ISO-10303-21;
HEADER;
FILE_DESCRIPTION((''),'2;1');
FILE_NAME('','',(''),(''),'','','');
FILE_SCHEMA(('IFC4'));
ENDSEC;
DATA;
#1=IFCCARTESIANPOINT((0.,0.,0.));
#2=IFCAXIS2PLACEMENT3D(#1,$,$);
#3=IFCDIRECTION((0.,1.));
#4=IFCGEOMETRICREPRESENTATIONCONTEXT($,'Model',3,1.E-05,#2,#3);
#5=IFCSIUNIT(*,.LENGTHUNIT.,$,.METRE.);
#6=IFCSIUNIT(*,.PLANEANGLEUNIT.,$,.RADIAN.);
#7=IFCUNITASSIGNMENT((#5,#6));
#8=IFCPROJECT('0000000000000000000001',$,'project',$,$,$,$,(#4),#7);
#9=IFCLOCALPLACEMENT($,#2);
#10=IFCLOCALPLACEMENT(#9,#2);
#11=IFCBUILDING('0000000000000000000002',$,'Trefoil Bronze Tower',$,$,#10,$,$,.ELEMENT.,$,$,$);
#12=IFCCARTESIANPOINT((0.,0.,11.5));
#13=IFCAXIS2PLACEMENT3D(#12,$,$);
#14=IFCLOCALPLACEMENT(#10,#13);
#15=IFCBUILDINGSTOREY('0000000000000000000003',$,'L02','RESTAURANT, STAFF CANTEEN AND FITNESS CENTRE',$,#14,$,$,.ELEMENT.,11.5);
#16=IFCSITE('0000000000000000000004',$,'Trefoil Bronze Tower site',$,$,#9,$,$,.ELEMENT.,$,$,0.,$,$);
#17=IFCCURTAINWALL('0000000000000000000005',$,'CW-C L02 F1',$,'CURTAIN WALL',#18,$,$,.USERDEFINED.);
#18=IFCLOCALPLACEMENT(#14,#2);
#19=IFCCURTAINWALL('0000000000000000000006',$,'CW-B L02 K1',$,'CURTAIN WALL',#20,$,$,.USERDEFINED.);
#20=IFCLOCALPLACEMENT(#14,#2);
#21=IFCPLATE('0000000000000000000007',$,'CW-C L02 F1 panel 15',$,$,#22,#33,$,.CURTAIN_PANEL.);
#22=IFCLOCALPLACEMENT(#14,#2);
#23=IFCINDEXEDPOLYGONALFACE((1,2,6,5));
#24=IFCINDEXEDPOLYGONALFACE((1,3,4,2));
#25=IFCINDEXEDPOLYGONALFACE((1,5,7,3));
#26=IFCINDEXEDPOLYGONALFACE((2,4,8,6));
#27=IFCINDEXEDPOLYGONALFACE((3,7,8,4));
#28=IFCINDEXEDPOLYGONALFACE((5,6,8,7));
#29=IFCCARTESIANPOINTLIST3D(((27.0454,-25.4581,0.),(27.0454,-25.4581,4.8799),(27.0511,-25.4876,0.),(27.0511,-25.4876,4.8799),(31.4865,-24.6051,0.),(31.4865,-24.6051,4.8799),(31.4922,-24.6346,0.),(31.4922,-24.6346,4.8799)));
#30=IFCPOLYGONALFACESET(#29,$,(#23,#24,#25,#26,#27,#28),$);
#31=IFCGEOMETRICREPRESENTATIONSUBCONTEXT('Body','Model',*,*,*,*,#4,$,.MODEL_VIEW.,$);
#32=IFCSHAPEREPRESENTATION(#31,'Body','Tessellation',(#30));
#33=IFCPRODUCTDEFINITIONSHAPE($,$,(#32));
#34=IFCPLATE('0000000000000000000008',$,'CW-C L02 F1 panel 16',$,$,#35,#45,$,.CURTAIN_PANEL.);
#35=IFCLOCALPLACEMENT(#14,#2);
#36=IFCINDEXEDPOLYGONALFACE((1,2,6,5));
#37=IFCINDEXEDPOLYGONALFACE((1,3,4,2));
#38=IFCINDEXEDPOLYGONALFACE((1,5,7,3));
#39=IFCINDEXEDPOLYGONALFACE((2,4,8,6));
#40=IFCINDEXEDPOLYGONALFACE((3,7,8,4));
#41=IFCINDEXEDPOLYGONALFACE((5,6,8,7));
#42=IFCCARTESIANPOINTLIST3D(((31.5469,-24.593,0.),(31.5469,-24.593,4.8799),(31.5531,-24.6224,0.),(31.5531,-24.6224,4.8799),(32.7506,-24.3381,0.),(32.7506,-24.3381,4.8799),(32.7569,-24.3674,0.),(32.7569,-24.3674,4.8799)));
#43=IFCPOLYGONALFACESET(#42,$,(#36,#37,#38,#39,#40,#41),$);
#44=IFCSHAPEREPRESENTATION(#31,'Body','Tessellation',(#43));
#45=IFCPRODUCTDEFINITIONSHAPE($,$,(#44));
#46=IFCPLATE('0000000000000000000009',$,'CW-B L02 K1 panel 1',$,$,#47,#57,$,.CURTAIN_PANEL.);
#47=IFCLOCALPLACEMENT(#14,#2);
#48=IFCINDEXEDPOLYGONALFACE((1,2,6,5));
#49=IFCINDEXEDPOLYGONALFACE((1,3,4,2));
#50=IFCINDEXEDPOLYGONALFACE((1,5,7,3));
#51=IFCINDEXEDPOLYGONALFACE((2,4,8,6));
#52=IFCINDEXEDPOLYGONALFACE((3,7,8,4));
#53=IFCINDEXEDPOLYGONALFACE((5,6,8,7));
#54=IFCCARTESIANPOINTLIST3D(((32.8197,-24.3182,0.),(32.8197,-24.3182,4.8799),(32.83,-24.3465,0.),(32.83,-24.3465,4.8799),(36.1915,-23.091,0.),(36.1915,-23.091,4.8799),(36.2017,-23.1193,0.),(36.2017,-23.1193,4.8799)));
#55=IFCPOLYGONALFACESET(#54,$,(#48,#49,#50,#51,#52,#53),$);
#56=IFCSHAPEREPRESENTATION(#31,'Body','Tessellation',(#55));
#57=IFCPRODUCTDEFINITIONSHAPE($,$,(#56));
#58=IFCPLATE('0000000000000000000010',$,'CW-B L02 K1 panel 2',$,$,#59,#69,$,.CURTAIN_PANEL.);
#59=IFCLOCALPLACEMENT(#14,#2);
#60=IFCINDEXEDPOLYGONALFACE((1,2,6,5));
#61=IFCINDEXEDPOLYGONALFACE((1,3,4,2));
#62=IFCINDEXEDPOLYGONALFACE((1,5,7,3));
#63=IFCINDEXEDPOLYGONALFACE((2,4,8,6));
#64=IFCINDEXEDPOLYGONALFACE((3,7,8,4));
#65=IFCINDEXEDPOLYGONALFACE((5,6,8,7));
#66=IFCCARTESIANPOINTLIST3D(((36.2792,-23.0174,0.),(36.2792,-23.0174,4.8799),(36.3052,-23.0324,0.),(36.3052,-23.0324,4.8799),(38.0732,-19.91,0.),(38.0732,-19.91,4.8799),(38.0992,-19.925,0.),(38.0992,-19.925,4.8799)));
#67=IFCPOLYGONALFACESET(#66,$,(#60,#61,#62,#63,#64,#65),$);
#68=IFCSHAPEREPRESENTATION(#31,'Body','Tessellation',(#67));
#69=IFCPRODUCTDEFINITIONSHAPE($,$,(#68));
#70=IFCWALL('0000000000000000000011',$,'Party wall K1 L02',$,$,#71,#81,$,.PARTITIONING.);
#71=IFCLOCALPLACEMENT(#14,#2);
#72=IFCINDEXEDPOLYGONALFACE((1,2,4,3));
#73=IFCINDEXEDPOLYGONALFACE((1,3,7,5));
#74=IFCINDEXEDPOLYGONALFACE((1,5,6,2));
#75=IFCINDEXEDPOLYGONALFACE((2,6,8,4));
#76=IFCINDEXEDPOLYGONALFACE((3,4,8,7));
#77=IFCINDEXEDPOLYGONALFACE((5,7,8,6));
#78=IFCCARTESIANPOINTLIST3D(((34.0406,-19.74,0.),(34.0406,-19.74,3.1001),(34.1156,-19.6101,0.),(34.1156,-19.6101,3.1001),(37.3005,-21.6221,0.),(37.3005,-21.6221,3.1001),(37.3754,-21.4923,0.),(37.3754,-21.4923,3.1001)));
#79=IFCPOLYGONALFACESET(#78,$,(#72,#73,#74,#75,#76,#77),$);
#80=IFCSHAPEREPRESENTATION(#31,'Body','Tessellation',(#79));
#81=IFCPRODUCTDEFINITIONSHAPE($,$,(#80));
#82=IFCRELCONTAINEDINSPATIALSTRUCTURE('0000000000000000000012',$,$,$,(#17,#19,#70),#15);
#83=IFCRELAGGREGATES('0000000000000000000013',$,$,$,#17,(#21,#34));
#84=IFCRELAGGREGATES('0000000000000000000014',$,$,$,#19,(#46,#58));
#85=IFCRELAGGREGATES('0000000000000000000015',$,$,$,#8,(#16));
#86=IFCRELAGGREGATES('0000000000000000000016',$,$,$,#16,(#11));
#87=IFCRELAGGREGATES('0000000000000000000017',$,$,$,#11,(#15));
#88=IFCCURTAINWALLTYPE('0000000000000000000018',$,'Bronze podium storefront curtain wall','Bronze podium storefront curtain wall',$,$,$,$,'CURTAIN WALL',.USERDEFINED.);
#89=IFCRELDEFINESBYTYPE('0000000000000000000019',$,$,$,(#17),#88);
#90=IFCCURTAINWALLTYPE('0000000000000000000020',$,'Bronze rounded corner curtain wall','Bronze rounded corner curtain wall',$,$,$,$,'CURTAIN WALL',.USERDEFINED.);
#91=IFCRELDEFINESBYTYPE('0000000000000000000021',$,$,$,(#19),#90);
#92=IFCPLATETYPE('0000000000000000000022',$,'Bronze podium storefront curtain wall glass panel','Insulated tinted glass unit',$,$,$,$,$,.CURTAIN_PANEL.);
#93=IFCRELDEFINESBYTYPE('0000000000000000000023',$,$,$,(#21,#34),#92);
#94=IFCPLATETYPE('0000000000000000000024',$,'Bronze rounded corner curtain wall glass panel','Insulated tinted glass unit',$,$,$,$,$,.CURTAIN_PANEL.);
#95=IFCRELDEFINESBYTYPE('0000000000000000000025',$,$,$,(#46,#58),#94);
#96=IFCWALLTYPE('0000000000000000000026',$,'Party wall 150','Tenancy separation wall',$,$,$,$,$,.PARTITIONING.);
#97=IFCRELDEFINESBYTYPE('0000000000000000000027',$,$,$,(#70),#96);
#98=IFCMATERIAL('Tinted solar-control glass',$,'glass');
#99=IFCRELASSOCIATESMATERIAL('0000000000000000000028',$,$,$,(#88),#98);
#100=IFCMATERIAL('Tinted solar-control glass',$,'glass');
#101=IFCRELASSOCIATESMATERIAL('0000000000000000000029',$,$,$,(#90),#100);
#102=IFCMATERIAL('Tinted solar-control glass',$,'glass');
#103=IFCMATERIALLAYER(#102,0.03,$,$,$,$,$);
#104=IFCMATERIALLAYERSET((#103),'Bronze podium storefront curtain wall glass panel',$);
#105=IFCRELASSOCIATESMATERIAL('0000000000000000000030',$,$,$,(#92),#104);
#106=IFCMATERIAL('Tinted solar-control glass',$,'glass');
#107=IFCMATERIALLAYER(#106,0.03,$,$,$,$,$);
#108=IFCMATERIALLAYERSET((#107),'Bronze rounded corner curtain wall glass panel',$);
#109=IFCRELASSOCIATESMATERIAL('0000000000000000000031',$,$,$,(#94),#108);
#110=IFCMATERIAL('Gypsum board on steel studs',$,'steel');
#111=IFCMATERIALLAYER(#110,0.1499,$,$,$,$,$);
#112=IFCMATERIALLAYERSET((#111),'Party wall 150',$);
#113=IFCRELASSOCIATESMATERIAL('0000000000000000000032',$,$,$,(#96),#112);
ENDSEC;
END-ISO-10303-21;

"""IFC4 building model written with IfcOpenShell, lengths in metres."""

from ifc_helpers import new_model, si_unit, direction, frame, frame_2d, origin, origin_2d, place, context, subcontext, project, spatial, rectangle, extrude, material, layer, layer_set, type_object, element, aggregate, save


model = new_model("IFC4")

# Units and contexts
model_context = context("Model", 3, precision=1e-05, world=origin(), true_north=direction((0.0, 1.0)))
body_context = subcontext(model_context, "Body", "Model", "MODEL_VIEW")
ifc_project = project(units=[si_unit("LENGTHUNIT", "METRE"), si_unit("PLANEANGLEUNIT", "RADIAN")], contexts=[model_context])

# Site, building, storey
site_placement = place(None, origin())
site = spatial("IfcSite", under=ifc_project, at=site_placement, Name="Trefoil Bronze Tower site", CompositionType="ELEMENT", RefElevation=0.0)
building_placement = place(site_placement, origin())
building = spatial("IfcBuilding", under=site, at=building_placement, Name="Trefoil Bronze Tower", CompositionType="ELEMENT")
storey_placement = place(building_placement, frame((0.0, 0.0, 11.5)))
storey = spatial("IfcBuildingStorey", under=building, at=storey_placement, Name="L02", Description="RESTAURANT, STAFF CANTEEN AND FITNESS CENTRE", CompositionType="ELEMENT", Elevation=11.5)

# Curtain walls
ifc_material_1 = material(Name="Tinted solar-control glass", Category="glass")
curtain_wall_type_1 = type_object("IfcCurtainWallType", Name="Bronze podium storefront curtain wall", Description="Bronze podium storefront curtain wall", ElementType="CURTAIN WALL", PredefinedType="USERDEFINED", material=ifc_material_1)
curtain_wall_1_placement = place(storey_placement, origin())
curtain_wall_1 = element("IfcCurtainWall", 1, at=curtain_wall_1_placement, inside=storey, type_object=curtain_wall_type_1, Name="CW-C L02 F1", ObjectType="CURTAIN WALL", PredefinedType="USERDEFINED")
ifc_material_2 = material(Name="Tinted solar-control glass", Category="glass")
curtain_wall_type_2 = type_object("IfcCurtainWallType", Name="Bronze rounded corner curtain wall", Description="Bronze rounded corner curtain wall", ElementType="CURTAIN WALL", PredefinedType="USERDEFINED", material=ifc_material_2)
curtain_wall_2_placement = place(storey_placement, origin())
curtain_wall_2 = element("IfcCurtainWall", 2, at=curtain_wall_2_placement, inside=storey, type_object=curtain_wall_type_2, Name="CW-B L02 K1", ObjectType="CURTAIN WALL", PredefinedType="USERDEFINED")

# Plates
ifc_material_3 = material(Name="Tinted solar-control glass", Category="glass")
ifc_layer_1 = layer(ifc_material_3, 0.03)
ifc_layer_set_1 = layer_set([ifc_layer_1], Name="Bronze podium storefront curtain wall glass panel")
plate_type_1 = type_object("IfcPlateType", Name="Bronze podium storefront curtain wall glass panel", Description="Insulated tinted glass unit", PredefinedType="CURTAIN_PANEL", material=ifc_layer_set_1)
plate_1_placement = place(storey_placement, frame((29.2688, -25.0464, 0.0), z_axis=(0.0, 0.0, 1.0), x_axis=(0.98205, 0.188622, 0.0)))
plate_1 = element("IfcPlate", 3, at=plate_1_placement, type_object=plate_type_1, Name="CW-C L02 F1 panel 15", PredefinedType="CURTAIN_PANEL", context=body_context, shape_type="SweptSolid", body=[
    extrude(rectangle(XDim=4.5222, YDim=0.03, at=origin_2d()), origin(), (0.0, 0.0, 1.0), 4.8799),
])
plate_2_placement = place(storey_placement, frame((32.1519, -24.4802, 0.0), z_axis=(0.0, 0.0, 1.0), x_axis=(0.978303, 0.207181, 0.0)))
plate_2 = element("IfcPlate", 4, at=plate_2_placement, type_object=plate_type_1, Name="CW-C L02 F1 panel 16", PredefinedType="CURTAIN_PANEL", context=body_context, shape_type="SweptSolid", body=[
    extrude(rectangle(XDim=1.2305, YDim=0.03, at=origin_2d()), origin(), (0.0, 0.0, 1.0), 4.8799),
])
aggregate(curtain_wall_1, [plate_1, plate_2])
ifc_material_4 = material(Name="Tinted solar-control glass", Category="glass")
ifc_layer_2 = layer(ifc_material_4, 0.03)
ifc_layer_set_2 = layer_set([ifc_layer_2], Name="Bronze rounded corner curtain wall glass panel")
plate_type_2 = type_object("IfcPlateType", Name="Bronze rounded corner curtain wall glass panel", Description="Insulated tinted glass unit", PredefinedType="CURTAIN_PANEL", material=ifc_layer_set_2)
plate_3_placement = place(storey_placement, frame((34.5107, -23.7188, 0.0), z_axis=(0.0, 0.0, 1.0), x_axis=(0.939693, 0.34202, 0.0)))
plate_3 = element("IfcPlate", 5, at=plate_3_placement, type_object=plate_type_2, Name="CW-B L02 K1 panel 1", PredefinedType="CURTAIN_PANEL", context=body_context, shape_type="SweptSolid", body=[
    extrude(rectangle(XDim=3.5881, YDim=0.03, at=origin_2d()), origin(), (0.0, 0.0, 1.0), 4.8799),
])
plate_4_placement = place(storey_placement, frame((37.1892, -21.4712, 0.0), z_axis=(0.0, 0.0, 1.0), x_axis=(0.5, 0.866025, 0.0)))
plate_4 = element("IfcPlate", 6, at=plate_4_placement, type_object=plate_type_2, Name="CW-B L02 K1 panel 2", PredefinedType="CURTAIN_PANEL", context=body_context, shape_type="SweptSolid", body=[
    extrude(rectangle(XDim=3.5881, YDim=0.03, at=origin_2d()), origin(), (0.0, 0.0, 1.0), 4.8799),
])
aggregate(curtain_wall_2, [plate_3, plate_4])

# Wall
ifc_material_5 = material(Name="Gypsum board on steel studs", Category="steel")
ifc_layer_3 = layer(ifc_material_5, 0.1499)
ifc_layer_set_3 = layer_set([ifc_layer_3], Name="Party wall 150")
wall_type = type_object("IfcWallType", Name="Party wall 150", Description="Tenancy separation wall", PredefinedType="PARTITIONING", material=ifc_layer_set_3)
wall_placement = place(storey_placement, frame((34.0781, -19.675, 0.0), z_axis=(0.0, 0.0, 1.0), x_axis=(0.866019, -0.500011, 0.0)))
element("IfcWall", 7, at=wall_placement, inside=storey, type_object=wall_type, Name="Party wall K1 L02", PredefinedType="PARTITIONING", context=body_context, shape_type="SweptSolid", body=[
    extrude(rectangle(XDim=3.7642, YDim=0.1499, at=frame_2d((1.8821, 0.0))), origin(), (0.0, 0.0, 1.0), 3.1001),
])

save(model, "model.ifc")
